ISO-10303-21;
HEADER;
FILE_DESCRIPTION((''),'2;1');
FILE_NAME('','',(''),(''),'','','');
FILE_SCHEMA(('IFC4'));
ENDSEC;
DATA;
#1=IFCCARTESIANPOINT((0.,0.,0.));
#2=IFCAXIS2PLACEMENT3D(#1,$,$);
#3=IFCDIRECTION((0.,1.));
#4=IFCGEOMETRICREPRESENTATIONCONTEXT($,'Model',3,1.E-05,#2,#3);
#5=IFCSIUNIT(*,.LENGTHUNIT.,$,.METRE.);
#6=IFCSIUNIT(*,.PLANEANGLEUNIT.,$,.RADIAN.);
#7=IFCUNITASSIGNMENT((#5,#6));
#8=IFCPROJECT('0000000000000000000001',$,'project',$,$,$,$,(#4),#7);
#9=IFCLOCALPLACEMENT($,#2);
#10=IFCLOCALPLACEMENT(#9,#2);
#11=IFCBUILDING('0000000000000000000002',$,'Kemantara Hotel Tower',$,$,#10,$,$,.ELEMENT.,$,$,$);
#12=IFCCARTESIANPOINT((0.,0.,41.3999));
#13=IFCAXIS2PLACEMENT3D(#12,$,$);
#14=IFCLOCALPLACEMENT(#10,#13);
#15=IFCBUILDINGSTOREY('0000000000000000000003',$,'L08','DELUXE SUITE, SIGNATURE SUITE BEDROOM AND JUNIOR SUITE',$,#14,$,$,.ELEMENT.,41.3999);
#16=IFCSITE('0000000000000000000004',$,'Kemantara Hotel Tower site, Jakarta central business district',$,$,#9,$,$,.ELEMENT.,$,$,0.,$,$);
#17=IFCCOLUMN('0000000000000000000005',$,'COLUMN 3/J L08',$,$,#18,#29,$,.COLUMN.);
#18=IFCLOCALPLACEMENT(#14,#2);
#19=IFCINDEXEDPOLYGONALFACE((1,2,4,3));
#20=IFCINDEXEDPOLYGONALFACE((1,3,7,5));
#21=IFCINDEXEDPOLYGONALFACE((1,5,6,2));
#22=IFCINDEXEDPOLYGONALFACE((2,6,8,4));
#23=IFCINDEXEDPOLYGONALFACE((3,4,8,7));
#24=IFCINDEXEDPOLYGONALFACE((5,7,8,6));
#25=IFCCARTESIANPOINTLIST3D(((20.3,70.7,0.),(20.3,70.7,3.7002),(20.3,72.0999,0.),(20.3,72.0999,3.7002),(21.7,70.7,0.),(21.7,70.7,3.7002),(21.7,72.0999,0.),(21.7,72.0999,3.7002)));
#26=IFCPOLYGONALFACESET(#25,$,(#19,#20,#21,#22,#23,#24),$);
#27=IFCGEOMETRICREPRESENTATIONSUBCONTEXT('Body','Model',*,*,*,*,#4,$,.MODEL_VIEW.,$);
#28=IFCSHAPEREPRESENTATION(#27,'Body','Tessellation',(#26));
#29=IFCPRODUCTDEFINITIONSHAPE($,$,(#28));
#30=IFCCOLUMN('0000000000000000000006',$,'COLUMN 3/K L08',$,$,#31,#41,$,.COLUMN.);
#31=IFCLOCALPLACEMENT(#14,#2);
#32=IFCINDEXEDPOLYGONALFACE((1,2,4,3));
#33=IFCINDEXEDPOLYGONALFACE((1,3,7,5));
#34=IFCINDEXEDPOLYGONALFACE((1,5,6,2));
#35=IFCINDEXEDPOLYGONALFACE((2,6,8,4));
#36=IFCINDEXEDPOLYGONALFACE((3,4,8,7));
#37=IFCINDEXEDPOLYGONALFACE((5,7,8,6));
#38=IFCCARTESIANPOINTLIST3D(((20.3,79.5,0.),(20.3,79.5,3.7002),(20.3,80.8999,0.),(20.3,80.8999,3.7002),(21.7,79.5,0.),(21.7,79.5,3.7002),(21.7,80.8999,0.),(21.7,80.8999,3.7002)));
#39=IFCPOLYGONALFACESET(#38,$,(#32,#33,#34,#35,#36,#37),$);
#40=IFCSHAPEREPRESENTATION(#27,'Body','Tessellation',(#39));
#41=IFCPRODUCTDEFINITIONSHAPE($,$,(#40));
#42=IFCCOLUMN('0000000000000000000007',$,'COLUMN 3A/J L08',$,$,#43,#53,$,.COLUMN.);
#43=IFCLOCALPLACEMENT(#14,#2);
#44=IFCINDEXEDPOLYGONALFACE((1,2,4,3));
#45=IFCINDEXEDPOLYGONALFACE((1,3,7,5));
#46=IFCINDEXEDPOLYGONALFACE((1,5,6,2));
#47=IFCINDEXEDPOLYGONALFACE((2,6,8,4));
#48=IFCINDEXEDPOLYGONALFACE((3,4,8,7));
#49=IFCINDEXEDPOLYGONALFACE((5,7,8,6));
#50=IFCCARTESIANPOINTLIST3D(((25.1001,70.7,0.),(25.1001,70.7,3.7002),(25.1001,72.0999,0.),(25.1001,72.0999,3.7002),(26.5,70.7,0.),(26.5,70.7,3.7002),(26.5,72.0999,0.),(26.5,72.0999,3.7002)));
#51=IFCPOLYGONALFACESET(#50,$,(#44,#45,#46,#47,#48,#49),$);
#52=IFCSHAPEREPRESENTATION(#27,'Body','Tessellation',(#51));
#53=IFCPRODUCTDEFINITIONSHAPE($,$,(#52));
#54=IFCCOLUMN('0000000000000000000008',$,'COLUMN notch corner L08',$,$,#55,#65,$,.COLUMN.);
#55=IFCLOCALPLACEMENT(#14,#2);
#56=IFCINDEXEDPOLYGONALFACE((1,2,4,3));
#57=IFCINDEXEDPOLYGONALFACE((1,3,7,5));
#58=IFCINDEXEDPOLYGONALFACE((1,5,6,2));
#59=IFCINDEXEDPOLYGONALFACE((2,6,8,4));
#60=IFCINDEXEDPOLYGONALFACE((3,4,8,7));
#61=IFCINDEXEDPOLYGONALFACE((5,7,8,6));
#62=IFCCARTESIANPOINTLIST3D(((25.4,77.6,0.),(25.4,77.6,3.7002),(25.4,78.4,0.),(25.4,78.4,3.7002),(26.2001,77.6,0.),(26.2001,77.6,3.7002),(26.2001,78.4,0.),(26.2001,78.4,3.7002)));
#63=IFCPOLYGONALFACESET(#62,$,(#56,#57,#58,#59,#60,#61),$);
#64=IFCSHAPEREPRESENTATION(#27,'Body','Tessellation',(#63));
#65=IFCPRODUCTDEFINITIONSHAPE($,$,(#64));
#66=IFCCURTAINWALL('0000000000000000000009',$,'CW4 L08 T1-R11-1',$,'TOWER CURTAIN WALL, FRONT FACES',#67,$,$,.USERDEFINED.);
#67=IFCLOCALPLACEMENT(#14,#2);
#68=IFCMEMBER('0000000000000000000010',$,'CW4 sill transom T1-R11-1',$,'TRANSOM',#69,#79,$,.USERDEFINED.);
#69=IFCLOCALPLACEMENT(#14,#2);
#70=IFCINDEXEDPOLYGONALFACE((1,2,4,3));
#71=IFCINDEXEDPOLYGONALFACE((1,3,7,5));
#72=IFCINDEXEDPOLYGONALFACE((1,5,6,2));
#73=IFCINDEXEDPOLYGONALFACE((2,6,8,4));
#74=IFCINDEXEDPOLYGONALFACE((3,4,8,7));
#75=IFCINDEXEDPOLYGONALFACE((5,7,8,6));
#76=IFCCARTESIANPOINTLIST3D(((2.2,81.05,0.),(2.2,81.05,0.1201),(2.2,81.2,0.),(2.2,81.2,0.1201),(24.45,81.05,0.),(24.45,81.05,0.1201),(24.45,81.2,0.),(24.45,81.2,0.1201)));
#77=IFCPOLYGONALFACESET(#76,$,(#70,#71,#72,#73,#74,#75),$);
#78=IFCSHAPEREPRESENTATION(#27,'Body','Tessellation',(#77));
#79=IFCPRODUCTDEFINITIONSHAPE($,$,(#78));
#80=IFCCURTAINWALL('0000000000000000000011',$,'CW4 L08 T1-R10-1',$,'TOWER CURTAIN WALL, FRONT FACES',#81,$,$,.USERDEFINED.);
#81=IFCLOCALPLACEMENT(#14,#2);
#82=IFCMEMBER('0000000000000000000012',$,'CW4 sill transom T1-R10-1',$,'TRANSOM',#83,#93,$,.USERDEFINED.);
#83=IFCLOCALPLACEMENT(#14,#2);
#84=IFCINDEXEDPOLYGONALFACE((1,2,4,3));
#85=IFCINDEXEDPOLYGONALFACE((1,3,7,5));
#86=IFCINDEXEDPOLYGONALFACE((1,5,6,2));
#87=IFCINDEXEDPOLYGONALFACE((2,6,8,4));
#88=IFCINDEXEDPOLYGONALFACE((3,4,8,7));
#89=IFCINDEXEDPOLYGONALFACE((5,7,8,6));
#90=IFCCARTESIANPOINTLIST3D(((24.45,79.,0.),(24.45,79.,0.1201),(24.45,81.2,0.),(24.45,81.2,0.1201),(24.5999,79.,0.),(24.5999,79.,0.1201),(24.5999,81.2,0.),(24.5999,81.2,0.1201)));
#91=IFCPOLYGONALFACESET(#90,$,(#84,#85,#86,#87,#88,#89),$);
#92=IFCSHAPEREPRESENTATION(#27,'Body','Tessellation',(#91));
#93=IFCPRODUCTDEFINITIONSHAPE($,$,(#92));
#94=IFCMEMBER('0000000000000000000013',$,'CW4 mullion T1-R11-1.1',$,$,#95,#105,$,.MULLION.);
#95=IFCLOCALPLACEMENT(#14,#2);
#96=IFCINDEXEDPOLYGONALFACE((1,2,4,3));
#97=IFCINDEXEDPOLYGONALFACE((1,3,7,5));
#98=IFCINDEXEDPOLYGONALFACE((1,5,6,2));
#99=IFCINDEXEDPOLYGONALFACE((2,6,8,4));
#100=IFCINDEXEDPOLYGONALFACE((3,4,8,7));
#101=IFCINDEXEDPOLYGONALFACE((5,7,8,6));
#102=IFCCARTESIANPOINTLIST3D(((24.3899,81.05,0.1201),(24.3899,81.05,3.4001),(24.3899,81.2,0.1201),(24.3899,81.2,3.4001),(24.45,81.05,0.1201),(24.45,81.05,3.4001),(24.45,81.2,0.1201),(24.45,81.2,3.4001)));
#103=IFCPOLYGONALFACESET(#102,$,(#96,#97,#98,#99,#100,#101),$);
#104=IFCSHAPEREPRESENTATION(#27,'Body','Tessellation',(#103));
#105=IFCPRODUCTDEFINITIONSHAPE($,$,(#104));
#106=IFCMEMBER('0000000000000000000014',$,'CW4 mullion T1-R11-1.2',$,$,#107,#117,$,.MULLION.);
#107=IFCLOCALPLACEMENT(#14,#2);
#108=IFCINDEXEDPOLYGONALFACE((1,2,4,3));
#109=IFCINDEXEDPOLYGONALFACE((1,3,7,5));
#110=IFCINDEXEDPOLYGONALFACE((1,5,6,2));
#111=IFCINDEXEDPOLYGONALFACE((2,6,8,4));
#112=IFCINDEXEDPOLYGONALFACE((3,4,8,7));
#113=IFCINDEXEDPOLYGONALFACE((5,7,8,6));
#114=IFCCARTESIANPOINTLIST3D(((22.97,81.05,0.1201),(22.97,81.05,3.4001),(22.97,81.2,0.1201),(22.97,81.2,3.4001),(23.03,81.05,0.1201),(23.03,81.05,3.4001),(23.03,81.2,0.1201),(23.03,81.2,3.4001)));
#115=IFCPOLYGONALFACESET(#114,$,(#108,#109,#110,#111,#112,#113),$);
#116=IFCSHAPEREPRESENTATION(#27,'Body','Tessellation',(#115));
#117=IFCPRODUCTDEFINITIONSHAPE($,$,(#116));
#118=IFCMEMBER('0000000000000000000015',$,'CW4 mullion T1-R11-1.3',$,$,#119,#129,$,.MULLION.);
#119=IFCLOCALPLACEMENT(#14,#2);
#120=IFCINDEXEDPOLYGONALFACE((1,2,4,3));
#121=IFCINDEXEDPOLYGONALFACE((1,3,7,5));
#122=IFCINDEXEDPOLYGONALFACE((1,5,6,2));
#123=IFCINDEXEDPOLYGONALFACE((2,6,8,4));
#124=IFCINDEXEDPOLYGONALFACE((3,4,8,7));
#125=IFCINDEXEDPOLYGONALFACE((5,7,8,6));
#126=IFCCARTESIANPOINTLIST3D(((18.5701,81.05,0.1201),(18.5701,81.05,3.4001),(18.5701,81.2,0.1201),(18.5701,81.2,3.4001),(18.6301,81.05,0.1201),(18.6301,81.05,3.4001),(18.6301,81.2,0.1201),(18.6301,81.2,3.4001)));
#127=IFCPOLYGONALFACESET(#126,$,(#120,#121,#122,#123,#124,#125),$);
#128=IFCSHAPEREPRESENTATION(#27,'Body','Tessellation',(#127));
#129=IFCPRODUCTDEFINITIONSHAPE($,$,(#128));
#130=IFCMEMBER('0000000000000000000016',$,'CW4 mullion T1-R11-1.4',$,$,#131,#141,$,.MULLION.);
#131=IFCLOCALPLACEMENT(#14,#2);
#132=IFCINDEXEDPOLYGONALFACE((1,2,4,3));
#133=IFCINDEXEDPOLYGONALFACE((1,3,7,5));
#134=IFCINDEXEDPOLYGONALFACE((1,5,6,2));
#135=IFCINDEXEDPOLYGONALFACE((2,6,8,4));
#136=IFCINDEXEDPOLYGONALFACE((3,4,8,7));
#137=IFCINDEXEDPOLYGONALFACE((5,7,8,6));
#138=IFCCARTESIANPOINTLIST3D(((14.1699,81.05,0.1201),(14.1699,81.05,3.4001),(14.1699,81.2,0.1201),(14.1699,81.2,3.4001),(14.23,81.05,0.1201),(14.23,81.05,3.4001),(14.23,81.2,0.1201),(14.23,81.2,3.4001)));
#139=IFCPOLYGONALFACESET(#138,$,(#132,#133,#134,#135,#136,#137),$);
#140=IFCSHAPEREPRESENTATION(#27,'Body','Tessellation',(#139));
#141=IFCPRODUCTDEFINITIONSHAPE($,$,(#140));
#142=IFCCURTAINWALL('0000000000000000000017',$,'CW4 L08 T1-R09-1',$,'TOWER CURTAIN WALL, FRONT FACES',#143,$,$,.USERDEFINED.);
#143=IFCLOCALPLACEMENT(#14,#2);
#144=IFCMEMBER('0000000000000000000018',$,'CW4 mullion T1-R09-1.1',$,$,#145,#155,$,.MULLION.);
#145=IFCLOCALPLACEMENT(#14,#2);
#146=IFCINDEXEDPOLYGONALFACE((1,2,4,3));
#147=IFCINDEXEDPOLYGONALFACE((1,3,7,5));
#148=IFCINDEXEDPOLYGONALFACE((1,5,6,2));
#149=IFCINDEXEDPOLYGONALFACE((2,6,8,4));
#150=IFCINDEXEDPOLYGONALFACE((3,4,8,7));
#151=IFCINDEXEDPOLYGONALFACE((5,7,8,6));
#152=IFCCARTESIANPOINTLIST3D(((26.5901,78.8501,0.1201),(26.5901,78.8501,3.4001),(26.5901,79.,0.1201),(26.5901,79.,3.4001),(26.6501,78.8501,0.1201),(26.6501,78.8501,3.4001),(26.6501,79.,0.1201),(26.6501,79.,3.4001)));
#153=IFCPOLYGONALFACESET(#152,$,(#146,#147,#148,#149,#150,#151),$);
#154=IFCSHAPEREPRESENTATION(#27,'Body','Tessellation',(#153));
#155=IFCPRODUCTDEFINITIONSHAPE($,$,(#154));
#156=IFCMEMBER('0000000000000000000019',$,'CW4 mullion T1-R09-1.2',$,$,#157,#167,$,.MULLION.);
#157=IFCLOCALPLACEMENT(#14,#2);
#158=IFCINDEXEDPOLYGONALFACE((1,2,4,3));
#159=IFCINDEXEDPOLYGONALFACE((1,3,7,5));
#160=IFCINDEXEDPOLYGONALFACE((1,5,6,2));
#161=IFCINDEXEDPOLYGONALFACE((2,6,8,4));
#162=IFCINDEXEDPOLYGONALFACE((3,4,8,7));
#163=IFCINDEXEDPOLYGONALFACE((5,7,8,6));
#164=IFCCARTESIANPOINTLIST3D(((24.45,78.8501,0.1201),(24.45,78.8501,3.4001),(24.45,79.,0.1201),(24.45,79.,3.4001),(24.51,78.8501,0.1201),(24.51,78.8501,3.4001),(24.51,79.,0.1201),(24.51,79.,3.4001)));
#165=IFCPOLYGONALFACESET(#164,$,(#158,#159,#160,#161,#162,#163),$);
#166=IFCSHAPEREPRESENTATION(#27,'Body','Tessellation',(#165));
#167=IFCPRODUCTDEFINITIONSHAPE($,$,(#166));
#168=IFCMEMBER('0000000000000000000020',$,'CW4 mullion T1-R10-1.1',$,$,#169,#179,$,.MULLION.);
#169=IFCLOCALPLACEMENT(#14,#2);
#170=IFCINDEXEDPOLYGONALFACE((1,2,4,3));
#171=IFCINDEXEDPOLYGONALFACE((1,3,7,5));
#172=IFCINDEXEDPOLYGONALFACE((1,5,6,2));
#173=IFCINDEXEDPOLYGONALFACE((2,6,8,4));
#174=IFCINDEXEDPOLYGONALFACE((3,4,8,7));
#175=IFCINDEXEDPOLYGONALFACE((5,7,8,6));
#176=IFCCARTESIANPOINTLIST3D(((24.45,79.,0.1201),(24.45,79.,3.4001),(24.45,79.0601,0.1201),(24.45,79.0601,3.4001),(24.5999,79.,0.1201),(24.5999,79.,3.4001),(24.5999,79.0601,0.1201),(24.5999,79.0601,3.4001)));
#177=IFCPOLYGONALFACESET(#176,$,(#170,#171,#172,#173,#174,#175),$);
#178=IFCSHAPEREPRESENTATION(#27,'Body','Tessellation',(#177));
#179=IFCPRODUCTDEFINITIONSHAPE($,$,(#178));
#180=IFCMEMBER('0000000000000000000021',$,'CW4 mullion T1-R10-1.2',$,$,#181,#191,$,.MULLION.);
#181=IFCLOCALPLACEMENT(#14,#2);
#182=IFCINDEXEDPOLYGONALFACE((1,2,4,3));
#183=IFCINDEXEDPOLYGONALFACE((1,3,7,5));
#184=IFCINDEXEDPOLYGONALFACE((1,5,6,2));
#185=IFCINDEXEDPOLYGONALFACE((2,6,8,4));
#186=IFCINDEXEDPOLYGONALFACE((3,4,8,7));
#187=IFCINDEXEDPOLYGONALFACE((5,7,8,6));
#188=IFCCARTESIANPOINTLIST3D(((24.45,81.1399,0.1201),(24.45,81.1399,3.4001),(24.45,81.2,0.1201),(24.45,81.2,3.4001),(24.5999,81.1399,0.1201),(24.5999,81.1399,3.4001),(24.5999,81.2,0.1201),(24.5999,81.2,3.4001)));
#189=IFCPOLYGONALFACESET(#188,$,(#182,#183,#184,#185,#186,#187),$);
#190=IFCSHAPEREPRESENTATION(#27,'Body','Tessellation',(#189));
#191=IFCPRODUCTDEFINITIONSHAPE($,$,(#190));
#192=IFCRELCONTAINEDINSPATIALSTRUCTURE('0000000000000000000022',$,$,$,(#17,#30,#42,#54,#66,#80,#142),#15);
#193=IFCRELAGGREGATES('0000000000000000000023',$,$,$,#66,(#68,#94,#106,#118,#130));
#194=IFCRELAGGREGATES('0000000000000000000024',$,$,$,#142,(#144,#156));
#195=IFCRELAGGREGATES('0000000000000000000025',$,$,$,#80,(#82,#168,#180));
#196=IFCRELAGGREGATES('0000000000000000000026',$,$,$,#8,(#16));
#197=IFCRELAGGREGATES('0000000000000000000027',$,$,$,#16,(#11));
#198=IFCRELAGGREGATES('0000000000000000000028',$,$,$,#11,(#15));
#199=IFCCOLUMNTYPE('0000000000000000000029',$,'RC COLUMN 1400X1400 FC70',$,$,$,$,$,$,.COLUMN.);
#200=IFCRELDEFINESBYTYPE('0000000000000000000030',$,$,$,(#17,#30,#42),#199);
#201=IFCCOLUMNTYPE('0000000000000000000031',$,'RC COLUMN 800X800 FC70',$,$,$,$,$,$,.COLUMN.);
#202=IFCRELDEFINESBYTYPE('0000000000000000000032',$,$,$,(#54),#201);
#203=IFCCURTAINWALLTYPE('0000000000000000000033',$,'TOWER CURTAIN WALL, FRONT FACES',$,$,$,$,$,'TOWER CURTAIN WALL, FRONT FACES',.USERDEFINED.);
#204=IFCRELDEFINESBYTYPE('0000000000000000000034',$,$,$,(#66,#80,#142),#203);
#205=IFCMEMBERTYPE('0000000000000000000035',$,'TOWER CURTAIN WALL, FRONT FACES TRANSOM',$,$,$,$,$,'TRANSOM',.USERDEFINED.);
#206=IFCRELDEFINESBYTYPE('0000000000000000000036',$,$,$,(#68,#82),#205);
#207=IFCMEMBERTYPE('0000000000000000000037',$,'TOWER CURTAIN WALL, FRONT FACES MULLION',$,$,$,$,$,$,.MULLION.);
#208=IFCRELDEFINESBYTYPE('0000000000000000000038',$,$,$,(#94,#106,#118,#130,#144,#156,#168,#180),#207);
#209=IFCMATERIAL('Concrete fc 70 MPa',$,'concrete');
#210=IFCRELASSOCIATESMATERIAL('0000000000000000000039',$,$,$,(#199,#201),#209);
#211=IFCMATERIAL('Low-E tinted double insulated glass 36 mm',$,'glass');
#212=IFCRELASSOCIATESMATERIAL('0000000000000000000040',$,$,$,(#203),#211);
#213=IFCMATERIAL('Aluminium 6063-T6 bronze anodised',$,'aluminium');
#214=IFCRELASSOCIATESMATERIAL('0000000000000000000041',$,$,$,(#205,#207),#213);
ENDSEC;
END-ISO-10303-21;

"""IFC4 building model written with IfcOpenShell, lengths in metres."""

from ifc_helpers import new_model, si_unit, direction, frame, origin, origin_2d, place, context, subcontext, project, spatial, rectangle, extrude, source, transform, mapped, material, material_profile, profile_set, type_object, element, aggregate, save


model = new_model("IFC4")

# Units and contexts
model_context = context("Model", 3, precision=1e-05, world=origin(), true_north=direction((0.0, 1.0)))
body_context = subcontext(model_context, "Body", "Model", "MODEL_VIEW")
ifc_project = project(units=[si_unit("LENGTHUNIT", "METRE"), si_unit("PLANEANGLEUNIT", "RADIAN")], contexts=[model_context])

# Site, building, storey
site_placement = place(None, origin())
site = spatial("IfcSite", under=ifc_project, at=site_placement, Name="Kemantara Hotel Tower site, Jakarta central business district", CompositionType="ELEMENT", RefElevation=0.0)
building_placement = place(site_placement, origin())
building = spatial("IfcBuilding", under=site, at=building_placement, Name="Kemantara Hotel Tower", CompositionType="ELEMENT")
storey_placement = place(building_placement, frame((0.0, 0.0, 41.3999)))
storey = spatial("IfcBuildingStorey", under=building, at=storey_placement, Name="L08", Description="DELUXE SUITE, SIGNATURE SUITE BEDROOM AND JUNIOR SUITE", CompositionType="ELEMENT", Elevation=41.3999)

# Columns
ifc_material_1 = material(Name="Concrete fc 70 MPa", Category="concrete")
ifc_material_profile_1 = material_profile(ifc_material_1, rectangle(XDim=1.3999, YDim=1.3999, at=origin_2d()), Name="RC 1400X1400")
ifc_profile_set_1 = profile_set([ifc_material_profile_1], Name="Concrete fc 70 MPa")
column_type_1 = type_object("IfcColumnType", Name="RC COLUMN 1400X1400 FC70", PredefinedType="COLUMN", material=ifc_profile_set_1)
for number, where, z_axis, x_axis, name in (
    (1, (21.0, 71.3999, 0.0), (0.0, 0.0, 1.0), (1.0, 0.0, 0.0), "COLUMN 3/J L08"),
    (2, (21.0, 80.2, 0.0), (0.0, 0.0, 1.0), (1.0, 0.0, 0.0), "COLUMN 3/K L08"),
    (3, (25.8, 71.3999, 0.0), (0.0, 0.0, 1.0), (1.0, 0.0, 0.0), "COLUMN 3A/J L08"),
):
    element("IfcColumn", number, at=place(storey_placement, frame(where, z_axis=z_axis, x_axis=x_axis)), inside=storey, type_object=column_type_1, Name=name, PredefinedType="COLUMN", context=body_context, shape_type="SweptSolid", body=[
        extrude(rectangle(XDim=1.3999, YDim=1.3999, at=origin_2d()), origin(), (0.0, 0.0, 1.0), 3.7002),
    ])
ifc_material_profile_2 = material_profile(ifc_material_1, rectangle(XDim=0.8, YDim=0.8, at=origin_2d()), Name="RC 800X800")
ifc_profile_set_2 = profile_set([ifc_material_profile_2], Name="Concrete fc 70 MPa")
column_type_2 = type_object("IfcColumnType", Name="RC COLUMN 800X800 FC70", PredefinedType="COLUMN", material=ifc_profile_set_2)
column_placement = place(storey_placement, frame((25.8, 78.0, 0.0), z_axis=(0.0, 0.0, 1.0), x_axis=(1.0, 0.0, 0.0)))
element("IfcColumn", 4, at=column_placement, inside=storey, type_object=column_type_2, Name="COLUMN notch corner L08", PredefinedType="COLUMN", context=body_context, shape_type="SweptSolid", body=[
    extrude(rectangle(XDim=0.8, YDim=0.8, at=origin_2d()), origin(), (0.0, 0.0, 1.0), 3.7002),
])

# Curtain walls, members
ifc_material_2 = material(Name="Low-E tinted double insulated glass 36 mm", Category="glass")
curtain_wall_type = type_object("IfcCurtainWallType", Name="TOWER CURTAIN WALL, FRONT FACES", ElementType="TOWER CURTAIN WALL, FRONT FACES", PredefinedType="USERDEFINED", material=ifc_material_2)
curtain_wall_1_placement = place(storey_placement, origin())
curtain_wall_1 = element("IfcCurtainWall", 5, at=curtain_wall_1_placement, inside=storey, type_object=curtain_wall_type, Name="CW4 L08 T1-R11-1", ObjectType="TOWER CURTAIN WALL, FRONT FACES", PredefinedType="USERDEFINED")
ifc_material_3 = material(Name="Aluminium 6063-T6 bronze anodised", Category="aluminium")
ifc_material_profile_3 = material_profile(ifc_material_3, rectangle(XDim=0.1499, YDim=0.1201, at=origin_2d()), Name="TOWER CURTAIN WALL, FRONT FACES TRANSOM")
ifc_profile_set_3 = profile_set([ifc_material_profile_3], Name="Aluminium 6063-T6 bronze anodised")
member_type_1 = type_object("IfcMemberType", Name="TOWER CURTAIN WALL, FRONT FACES TRANSOM", ElementType="TRANSOM", PredefinedType="USERDEFINED", material=ifc_profile_set_3)
member_1_placement = place(storey_placement, frame((24.45, 81.125, 0.0601), z_axis=(-1.0, 0.0, 0.0), x_axis=(0.0, -1.0, 0.0)))
member_1 = element("IfcMember", 6, at=member_1_placement, type_object=member_type_1, Name="CW4 sill transom T1-R11-1", ObjectType="TRANSOM", PredefinedType="USERDEFINED", context=body_context, shape_type="SweptSolid", body=[
    extrude(rectangle(XDim=0.1499, YDim=0.1201, at=origin_2d()), origin(), (0.0, 0.0, 1.0), 22.25),
])
curtain_wall_2_placement = place(storey_placement, origin())
curtain_wall_2 = element("IfcCurtainWall", 7, at=curtain_wall_2_placement, inside=storey, type_object=curtain_wall_type, Name="CW4 L08 T1-R10-1", ObjectType="TOWER CURTAIN WALL, FRONT FACES", PredefinedType="USERDEFINED")
member_2_placement = place(storey_placement, frame((24.5249, 79.0, 0.0601), z_axis=(0.0, 1.0, 0.0), x_axis=(-1.0, 0.0, 0.0)))
member_2 = element("IfcMember", 8, at=member_2_placement, type_object=member_type_1, Name="CW4 sill transom T1-R10-1", ObjectType="TRANSOM", PredefinedType="USERDEFINED", context=body_context, shape_type="SweptSolid", body=[
    extrude(rectangle(XDim=0.1499, YDim=0.1201, at=origin_2d()), origin(), (0.0, 0.0, 1.0), 2.2),
])

# Members
ifc_material_profile_4 = material_profile(ifc_material_3, rectangle(XDim=0.1499, YDim=0.0601, at=origin_2d()), Name="TOWER CURTAIN WALL, FRONT FACES MULLION")
ifc_profile_set_4 = profile_set([ifc_material_profile_4], Name="Aluminium 6063-T6 bronze anodised")
member_type_2 = type_object("IfcMemberType", Name="TOWER CURTAIN WALL, FRONT FACES MULLION", PredefinedType="MULLION", material=ifc_profile_set_4)
shared_shape_1 = source(origin(), body_context, "Body", "SweptSolid", [
    extrude(rectangle(XDim=0.1499, YDim=0.0601, at=origin_2d()), origin(), (0.0, 0.0, 1.0), 3.28),
])
member_3_placement = place(storey_placement, frame((24.4199, 81.125, 0.1201), z_axis=(0.0, 0.0, 1.0), x_axis=(0.0, -1.0, 0.0)))
member_3 = element("IfcMember", 9, at=member_3_placement, type_object=member_type_2, Name="CW4 mullion T1-R11-1.1", PredefinedType="MULLION", context=body_context, shape_type="MappedRepresentation", body=[
    mapped(shared_shape_1, transform((0.0, 0.0, 0.0))),
])
member_4_placement = place(storey_placement, frame((23.0, 81.125, 0.1201), z_axis=(0.0, 0.0, 1.0), x_axis=(0.0, -1.0, 0.0)))
member_4 = element("IfcMember", 10, at=member_4_placement, type_object=member_type_2, Name="CW4 mullion T1-R11-1.2", PredefinedType="MULLION", context=body_context, shape_type="MappedRepresentation", body=[
    mapped(shared_shape_1, transform((0.0, 0.0, 0.0))),
])
member_5_placement = place(storey_placement, frame((18.6001, 81.125, 0.1201), z_axis=(0.0, 0.0, 1.0), x_axis=(0.0, -1.0, 0.0)))
member_5 = element("IfcMember", 11, at=member_5_placement, type_object=member_type_2, Name="CW4 mullion T1-R11-1.3", PredefinedType="MULLION", context=body_context, shape_type="MappedRepresentation", body=[
    mapped(shared_shape_1, transform((0.0, 0.0, 0.0))),
])
member_6_placement = place(storey_placement, frame((14.2, 81.125, 0.1201), z_axis=(0.0, 0.0, 1.0), x_axis=(0.0, -1.0, 0.0)))
member_6 = element("IfcMember", 12, at=member_6_placement, type_object=member_type_2, Name="CW4 mullion T1-R11-1.4", PredefinedType="MULLION", context=body_context, shape_type="MappedRepresentation", body=[
    mapped(shared_shape_1, transform((0.0, 0.0, 0.0))),
])

# Curtain wall, members
curtain_wall_3_placement = place(storey_placement, origin())
curtain_wall_3 = element("IfcCurtainWall", 13, at=curtain_wall_3_placement, inside=storey, type_object=curtain_wall_type, Name="CW4 L08 T1-R09-1", ObjectType="TOWER CURTAIN WALL, FRONT FACES", PredefinedType="USERDEFINED")
member_7_placement = place(storey_placement, frame((26.6201, 78.925, 0.1201), z_axis=(0.0, 0.0, 1.0), x_axis=(0.0, -1.0, 0.0)))
member_7 = element("IfcMember", 14, at=member_7_placement, type_object=member_type_2, Name="CW4 mullion T1-R09-1.1", PredefinedType="MULLION", context=body_context, shape_type="MappedRepresentation", body=[
    mapped(shared_shape_1, transform((0.0, 0.0, 0.0))),
])
member_8_placement = place(storey_placement, frame((24.48, 78.925, 0.1201), z_axis=(0.0, 0.0, 1.0), x_axis=(0.0, -1.0, 0.0)))
member_8 = element("IfcMember", 15, at=member_8_placement, type_object=member_type_2, Name="CW4 mullion T1-R09-1.2", PredefinedType="MULLION", context=body_context, shape_type="MappedRepresentation", body=[
    mapped(shared_shape_1, transform((0.0, 0.0, 0.0))),
])

# Members
member_9_placement = place(storey_placement, frame((24.5249, 79.03, 0.1201), z_axis=(0.0, 0.0, 1.0), x_axis=(-1.0, 0.0, 0.0)))
member_9 = element("IfcMember", 16, at=member_9_placement, type_object=member_type_2, Name="CW4 mullion T1-R10-1.1", PredefinedType="MULLION", context=body_context, shape_type="MappedRepresentation", body=[
    mapped(shared_shape_1, transform((0.0, 0.0, 0.0))),
])
member_10_placement = place(storey_placement, frame((24.5249, 81.1699, 0.1201), z_axis=(0.0, 0.0, 1.0), x_axis=(-1.0, 0.0, 0.0)))
member_10 = element("IfcMember", 17, at=member_10_placement, type_object=member_type_2, Name="CW4 mullion T1-R10-1.2", PredefinedType="MULLION", context=body_context, shape_type="MappedRepresentation", body=[
    mapped(shared_shape_1, transform((0.0, 0.0, 0.0))),
])

aggregate(curtain_wall_1, [member_1, member_3, member_4, member_5, member_6])
aggregate(curtain_wall_3, [member_7, member_8])
aggregate(curtain_wall_2, [member_2, member_9, member_10])

save(model, "model.ifc")
